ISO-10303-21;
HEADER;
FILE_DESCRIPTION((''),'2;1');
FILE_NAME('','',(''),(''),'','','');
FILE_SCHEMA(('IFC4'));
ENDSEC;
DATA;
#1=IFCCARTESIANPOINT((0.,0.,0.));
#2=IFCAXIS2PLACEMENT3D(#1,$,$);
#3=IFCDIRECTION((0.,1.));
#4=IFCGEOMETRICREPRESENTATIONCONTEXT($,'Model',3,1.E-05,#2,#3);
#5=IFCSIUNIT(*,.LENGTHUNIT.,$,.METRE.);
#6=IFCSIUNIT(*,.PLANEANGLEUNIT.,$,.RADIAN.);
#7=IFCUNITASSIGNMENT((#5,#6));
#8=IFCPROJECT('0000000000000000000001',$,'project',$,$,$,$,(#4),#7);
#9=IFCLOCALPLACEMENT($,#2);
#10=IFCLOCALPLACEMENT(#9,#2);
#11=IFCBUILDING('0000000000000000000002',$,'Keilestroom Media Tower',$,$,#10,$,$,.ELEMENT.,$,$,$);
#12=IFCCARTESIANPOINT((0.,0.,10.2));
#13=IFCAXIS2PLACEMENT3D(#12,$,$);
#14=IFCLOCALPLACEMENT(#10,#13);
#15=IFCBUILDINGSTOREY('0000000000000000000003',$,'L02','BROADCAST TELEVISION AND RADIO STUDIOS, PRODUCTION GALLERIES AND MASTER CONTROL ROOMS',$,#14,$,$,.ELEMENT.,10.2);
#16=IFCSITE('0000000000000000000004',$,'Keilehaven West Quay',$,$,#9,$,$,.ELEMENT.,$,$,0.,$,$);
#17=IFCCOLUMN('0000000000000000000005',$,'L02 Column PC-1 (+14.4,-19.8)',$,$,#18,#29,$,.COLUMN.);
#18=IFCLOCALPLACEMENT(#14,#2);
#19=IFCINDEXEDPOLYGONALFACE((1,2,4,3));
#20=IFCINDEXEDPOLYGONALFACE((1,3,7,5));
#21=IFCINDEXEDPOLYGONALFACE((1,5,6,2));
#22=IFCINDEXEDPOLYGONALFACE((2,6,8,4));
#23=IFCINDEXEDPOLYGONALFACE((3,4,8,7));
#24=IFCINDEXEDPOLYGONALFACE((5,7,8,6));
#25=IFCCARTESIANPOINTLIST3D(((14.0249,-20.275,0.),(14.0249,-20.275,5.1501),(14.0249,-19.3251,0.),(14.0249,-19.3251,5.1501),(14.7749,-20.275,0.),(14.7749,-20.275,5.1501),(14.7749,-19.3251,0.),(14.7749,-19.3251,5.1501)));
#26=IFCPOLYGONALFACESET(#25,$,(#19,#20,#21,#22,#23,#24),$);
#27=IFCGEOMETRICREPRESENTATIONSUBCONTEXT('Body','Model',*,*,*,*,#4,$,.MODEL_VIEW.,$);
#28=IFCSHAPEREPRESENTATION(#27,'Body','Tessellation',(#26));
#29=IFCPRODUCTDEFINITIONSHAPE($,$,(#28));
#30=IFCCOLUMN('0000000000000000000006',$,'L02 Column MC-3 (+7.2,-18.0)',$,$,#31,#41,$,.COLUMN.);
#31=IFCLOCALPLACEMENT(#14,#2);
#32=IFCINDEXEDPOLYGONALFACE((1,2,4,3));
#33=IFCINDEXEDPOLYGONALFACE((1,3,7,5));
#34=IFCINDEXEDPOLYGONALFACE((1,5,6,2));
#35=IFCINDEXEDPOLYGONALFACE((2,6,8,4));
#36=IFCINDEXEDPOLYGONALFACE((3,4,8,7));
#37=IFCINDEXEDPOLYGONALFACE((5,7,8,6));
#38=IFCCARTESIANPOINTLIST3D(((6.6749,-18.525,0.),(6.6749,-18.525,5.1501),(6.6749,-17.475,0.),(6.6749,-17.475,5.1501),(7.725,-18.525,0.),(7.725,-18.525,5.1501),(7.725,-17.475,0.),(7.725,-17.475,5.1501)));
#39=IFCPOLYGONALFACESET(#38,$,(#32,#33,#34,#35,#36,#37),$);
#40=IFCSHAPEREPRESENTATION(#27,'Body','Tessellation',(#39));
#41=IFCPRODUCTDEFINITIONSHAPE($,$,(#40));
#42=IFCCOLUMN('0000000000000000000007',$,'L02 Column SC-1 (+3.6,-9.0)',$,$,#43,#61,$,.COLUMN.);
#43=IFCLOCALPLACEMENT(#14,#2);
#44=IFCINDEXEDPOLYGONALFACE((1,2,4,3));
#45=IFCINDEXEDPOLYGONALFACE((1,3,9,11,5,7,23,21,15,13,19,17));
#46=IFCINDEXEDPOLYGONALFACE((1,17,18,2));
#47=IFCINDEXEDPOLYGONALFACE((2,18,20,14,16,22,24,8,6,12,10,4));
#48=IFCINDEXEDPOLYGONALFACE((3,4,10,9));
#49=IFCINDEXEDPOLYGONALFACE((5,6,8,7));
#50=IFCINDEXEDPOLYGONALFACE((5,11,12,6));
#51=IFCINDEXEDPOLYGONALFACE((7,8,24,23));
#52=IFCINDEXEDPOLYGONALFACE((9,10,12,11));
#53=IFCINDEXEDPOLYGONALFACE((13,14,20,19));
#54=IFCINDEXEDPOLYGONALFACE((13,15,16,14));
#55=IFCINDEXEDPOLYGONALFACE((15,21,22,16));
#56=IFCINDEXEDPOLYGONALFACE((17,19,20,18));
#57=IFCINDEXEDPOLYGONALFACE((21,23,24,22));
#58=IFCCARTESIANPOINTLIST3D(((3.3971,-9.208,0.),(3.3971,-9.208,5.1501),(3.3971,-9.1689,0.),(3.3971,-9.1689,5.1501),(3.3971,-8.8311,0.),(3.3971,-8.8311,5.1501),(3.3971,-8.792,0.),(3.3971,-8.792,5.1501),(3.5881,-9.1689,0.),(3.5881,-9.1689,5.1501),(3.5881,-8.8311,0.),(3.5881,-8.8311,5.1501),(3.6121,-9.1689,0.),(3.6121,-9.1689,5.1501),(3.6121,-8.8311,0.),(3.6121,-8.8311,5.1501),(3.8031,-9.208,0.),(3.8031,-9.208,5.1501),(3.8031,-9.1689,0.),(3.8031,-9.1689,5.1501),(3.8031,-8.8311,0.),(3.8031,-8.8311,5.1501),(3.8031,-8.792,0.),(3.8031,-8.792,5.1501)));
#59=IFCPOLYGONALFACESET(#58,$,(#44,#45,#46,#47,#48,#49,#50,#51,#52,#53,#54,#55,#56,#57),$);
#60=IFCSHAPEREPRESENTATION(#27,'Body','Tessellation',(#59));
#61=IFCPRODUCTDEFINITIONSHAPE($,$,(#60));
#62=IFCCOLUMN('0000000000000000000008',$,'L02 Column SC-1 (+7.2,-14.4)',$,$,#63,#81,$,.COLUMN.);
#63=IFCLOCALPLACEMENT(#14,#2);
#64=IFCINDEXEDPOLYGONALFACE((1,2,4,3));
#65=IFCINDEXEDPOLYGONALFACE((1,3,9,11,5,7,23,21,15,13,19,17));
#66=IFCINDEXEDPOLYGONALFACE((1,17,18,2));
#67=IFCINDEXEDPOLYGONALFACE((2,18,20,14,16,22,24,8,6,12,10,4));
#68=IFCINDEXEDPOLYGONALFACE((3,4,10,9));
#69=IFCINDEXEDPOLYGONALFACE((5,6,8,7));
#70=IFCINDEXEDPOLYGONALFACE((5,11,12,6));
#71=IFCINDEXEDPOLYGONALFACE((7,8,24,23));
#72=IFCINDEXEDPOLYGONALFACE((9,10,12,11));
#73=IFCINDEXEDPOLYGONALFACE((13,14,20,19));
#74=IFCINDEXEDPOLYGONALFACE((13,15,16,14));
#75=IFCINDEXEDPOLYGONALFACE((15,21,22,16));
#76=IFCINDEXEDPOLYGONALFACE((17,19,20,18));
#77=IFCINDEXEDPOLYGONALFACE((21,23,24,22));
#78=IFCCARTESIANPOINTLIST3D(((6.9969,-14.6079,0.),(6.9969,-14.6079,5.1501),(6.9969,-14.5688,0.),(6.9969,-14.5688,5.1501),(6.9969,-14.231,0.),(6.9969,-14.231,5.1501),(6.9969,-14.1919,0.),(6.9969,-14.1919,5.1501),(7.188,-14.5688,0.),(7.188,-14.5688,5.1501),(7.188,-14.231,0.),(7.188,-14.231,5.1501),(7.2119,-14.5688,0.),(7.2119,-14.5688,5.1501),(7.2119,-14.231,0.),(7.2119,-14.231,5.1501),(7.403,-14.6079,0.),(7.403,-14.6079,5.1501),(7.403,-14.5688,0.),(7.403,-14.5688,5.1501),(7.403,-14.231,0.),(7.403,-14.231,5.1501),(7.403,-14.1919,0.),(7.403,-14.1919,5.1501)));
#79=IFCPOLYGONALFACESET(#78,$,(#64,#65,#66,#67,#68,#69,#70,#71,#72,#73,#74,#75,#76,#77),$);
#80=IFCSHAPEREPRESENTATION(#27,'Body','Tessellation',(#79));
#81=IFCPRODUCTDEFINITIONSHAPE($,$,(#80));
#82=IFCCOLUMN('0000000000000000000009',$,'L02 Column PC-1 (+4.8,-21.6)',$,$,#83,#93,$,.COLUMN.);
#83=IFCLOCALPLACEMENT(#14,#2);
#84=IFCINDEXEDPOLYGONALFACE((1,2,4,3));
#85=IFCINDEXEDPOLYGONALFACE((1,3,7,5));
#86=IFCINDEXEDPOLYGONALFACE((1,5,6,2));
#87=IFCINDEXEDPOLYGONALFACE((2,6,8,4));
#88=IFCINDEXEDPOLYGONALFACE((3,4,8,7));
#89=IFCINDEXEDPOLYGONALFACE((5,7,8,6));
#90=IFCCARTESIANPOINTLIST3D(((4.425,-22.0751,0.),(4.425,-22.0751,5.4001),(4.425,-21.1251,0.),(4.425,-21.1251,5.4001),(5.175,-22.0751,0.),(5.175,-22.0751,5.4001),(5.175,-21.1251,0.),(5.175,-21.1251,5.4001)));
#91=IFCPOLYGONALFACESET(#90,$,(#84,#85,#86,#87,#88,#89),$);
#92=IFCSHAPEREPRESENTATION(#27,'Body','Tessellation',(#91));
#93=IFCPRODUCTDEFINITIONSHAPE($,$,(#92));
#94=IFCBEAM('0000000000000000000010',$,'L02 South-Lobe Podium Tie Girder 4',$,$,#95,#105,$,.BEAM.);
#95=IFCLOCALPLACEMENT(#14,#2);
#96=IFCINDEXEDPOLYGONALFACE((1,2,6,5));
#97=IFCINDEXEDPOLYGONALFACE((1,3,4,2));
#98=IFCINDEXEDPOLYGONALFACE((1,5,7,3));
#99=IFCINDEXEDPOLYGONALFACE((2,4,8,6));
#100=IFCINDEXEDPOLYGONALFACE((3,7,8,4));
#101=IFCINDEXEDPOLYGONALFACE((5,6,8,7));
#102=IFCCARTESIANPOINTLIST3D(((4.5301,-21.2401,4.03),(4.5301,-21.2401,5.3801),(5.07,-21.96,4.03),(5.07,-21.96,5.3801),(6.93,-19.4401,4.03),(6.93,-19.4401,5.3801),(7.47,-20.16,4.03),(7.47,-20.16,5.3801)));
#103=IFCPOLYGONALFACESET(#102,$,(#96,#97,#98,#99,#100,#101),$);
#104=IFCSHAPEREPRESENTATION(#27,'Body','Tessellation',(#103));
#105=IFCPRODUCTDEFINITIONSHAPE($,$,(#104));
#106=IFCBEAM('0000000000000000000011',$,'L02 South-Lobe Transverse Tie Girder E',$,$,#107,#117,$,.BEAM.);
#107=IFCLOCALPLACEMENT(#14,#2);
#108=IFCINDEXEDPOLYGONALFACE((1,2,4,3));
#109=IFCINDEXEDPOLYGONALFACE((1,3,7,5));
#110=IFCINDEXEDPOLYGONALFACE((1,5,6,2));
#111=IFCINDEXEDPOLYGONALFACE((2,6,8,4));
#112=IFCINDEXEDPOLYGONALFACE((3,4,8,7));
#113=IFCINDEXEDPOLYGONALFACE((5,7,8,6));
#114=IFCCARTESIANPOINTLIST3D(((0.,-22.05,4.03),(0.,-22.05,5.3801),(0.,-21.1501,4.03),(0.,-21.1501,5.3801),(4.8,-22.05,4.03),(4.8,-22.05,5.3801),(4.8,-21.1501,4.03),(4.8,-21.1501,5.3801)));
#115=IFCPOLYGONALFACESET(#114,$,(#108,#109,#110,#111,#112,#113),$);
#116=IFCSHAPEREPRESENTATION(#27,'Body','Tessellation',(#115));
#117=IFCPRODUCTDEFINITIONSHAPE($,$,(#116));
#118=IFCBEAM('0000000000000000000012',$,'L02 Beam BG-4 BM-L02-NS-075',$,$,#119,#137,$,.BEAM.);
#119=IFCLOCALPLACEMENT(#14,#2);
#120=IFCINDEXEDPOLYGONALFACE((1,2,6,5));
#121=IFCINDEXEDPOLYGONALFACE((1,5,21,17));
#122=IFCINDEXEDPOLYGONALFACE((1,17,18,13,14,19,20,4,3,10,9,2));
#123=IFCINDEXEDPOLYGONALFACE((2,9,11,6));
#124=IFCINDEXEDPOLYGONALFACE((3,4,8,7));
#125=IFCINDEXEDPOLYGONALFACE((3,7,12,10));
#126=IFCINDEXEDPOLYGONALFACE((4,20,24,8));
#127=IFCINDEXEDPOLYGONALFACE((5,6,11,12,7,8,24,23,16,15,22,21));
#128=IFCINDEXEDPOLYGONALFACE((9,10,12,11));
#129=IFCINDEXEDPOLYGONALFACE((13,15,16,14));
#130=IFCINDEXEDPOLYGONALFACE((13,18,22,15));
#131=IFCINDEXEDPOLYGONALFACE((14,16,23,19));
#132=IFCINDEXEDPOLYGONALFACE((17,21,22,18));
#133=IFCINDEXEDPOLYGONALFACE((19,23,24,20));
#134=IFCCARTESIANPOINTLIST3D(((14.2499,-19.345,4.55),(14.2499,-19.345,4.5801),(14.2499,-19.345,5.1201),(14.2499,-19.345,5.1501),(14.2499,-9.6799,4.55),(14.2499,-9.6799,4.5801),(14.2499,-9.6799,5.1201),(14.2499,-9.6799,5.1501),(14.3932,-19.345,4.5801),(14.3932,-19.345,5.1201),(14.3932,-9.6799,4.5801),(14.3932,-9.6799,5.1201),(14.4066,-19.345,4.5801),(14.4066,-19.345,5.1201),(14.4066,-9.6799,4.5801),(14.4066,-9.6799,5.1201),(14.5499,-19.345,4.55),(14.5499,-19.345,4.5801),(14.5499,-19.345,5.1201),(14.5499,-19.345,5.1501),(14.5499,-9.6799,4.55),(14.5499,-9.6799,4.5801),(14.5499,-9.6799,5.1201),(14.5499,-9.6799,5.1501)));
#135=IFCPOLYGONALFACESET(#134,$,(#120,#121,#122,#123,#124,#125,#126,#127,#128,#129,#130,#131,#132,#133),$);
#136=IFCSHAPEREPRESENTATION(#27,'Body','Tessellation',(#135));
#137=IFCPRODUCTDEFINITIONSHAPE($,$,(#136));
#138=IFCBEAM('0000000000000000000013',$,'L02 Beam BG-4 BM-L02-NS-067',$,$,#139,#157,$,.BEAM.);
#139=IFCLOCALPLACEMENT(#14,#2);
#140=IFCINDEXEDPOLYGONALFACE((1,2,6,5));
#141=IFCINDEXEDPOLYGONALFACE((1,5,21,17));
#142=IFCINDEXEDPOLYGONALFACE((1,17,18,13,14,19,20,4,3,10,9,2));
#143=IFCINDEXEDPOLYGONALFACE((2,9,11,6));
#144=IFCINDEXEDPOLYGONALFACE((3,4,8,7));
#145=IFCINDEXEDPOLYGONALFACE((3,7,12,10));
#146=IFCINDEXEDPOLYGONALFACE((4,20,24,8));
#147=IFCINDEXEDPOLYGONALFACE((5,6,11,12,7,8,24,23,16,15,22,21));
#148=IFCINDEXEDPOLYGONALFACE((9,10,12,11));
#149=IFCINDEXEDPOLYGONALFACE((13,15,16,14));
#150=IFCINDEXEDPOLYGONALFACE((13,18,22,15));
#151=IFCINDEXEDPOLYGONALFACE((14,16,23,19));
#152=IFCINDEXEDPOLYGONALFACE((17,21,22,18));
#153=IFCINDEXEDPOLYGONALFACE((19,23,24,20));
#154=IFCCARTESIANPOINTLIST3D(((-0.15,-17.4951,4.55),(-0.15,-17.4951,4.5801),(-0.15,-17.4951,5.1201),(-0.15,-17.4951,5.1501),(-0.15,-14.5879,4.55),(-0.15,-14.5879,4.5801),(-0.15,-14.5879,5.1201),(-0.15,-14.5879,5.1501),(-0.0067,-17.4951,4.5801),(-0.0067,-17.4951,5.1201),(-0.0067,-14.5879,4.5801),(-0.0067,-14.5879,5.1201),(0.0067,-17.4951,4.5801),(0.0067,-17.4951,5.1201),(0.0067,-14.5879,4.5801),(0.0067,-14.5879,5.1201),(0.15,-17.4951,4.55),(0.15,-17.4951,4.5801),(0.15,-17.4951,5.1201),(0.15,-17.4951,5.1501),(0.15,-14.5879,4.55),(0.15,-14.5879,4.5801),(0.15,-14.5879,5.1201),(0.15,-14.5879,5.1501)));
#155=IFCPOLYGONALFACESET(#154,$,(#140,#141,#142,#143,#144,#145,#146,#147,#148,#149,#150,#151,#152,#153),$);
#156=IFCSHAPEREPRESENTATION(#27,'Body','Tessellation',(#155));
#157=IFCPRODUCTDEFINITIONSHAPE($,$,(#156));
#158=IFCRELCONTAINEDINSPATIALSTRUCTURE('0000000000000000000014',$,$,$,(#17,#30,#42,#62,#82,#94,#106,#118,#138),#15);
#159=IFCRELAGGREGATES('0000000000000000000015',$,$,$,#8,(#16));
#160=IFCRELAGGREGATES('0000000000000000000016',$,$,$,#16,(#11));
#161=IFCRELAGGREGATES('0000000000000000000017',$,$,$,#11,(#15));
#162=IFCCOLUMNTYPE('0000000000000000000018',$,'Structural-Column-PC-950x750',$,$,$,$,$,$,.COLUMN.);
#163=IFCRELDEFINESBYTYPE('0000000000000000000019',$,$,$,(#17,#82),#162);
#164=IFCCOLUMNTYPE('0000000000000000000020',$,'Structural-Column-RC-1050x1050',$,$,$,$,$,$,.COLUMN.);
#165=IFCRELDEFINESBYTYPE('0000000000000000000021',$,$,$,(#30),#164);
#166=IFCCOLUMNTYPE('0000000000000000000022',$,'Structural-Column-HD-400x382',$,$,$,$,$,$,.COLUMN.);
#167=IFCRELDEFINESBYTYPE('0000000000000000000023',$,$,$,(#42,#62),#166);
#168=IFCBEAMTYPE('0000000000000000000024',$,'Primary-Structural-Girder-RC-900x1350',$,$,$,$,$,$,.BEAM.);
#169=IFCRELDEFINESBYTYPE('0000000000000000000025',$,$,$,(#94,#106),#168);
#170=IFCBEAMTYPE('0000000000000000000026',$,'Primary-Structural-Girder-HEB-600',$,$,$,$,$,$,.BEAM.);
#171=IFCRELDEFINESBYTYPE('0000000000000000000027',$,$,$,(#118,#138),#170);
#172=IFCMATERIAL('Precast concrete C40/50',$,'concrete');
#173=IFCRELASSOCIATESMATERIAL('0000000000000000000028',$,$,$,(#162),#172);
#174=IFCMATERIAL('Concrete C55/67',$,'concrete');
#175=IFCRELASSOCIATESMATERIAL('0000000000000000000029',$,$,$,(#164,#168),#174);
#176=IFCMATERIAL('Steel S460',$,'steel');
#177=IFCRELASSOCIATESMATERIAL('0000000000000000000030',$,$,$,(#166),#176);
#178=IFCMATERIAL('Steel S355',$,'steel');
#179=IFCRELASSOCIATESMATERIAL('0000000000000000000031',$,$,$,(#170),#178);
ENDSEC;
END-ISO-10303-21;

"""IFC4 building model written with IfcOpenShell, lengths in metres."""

from ifc_helpers import new_model, si_unit, direction, frame, origin, origin_2d, place, context, subcontext, project, spatial, rectangle, i_section, extrude, source, transform, mapped, material, material_profile, profile_set, type_object, element, save


model = new_model("IFC4")

# Units and contexts
model_context = context("Model", 3, precision=1e-05, world=origin(), true_north=direction((0.0, 1.0)))
body_context = subcontext(model_context, "Body", "Model", "MODEL_VIEW")
ifc_project = project(units=[si_unit("LENGTHUNIT", "METRE"), si_unit("PLANEANGLEUNIT", "RADIAN")], contexts=[model_context])

# Site, building, storey
site_placement = place(None, origin())
site = spatial("IfcSite", under=ifc_project, at=site_placement, Name="Keilehaven West Quay", CompositionType="ELEMENT", RefElevation=0.0)
building_placement = place(site_placement, origin())
building = spatial("IfcBuilding", under=site, at=building_placement, Name="Keilestroom Media Tower", CompositionType="ELEMENT")
storey_placement = place(building_placement, frame((0.0, 0.0, 10.2)))
storey = spatial("IfcBuildingStorey", under=building, at=storey_placement, Name="L02", Description="BROADCAST TELEVISION AND RADIO STUDIOS, PRODUCTION GALLERIES AND MASTER CONTROL ROOMS", CompositionType="ELEMENT", Elevation=10.2)

# Columns
ifc_material_1 = material(Name="Precast concrete C40/50", Category="concrete")
ifc_material_profile_1 = material_profile(ifc_material_1, rectangle(XDim=0.75, YDim=0.95, at=origin_2d()), Name="PC 950x750")
ifc_profile_set_1 = profile_set([ifc_material_profile_1], Name="Precast concrete C40/50")
column_type_1 = type_object("IfcColumnType", Name="Structural-Column-PC-950x750", PredefinedType="COLUMN", material=ifc_profile_set_1)
shared_shape_1 = source(origin(), body_context, "Body", "SweptSolid", [
    extrude(rectangle(XDim=0.75, YDim=0.95, at=origin_2d()), origin(), (0.0, 0.0, 1.0), 5.1501),
])
column_1_placement = place(storey_placement, frame((14.3999, -19.8, 0.0), z_axis=(0.0, 0.0, 1.0), x_axis=(1.0, 0.0, 0.0)))
element("IfcColumn", 1, at=column_1_placement, inside=storey, type_object=column_type_1, Name="L02 Column PC-1 (+14.4,-19.8)", PredefinedType="COLUMN", context=body_context, shape_type="MappedRepresentation", body=[
    mapped(shared_shape_1, transform((0.0, 0.0, 0.0), x_axis=(1.0, 0.0, 0.0), y_axis=(0.0, 1.0, 0.0), z_axis=(0.0, 0.0, 1.0), scale=1.0)),
])
ifc_material_2 = material(Name="Concrete C55/67", Category="concrete")
ifc_material_profile_2 = material_profile(ifc_material_2, rectangle(XDim=1.05, YDim=1.05, at=origin_2d()), Name="RC 1050x1050")
ifc_profile_set_2 = profile_set([ifc_material_profile_2], Name="Concrete C55/67")
column_type_2 = type_object("IfcColumnType", Name="Structural-Column-RC-1050x1050", PredefinedType="COLUMN", material=ifc_profile_set_2)
shared_shape_2 = source(origin(), body_context, "Body", "SweptSolid", [
    extrude(rectangle(XDim=1.05, YDim=1.05, at=origin_2d()), origin(), (0.0, 0.0, 1.0), 5.1501),
])
column_2_placement = place(storey_placement, frame((7.2, -18.0, 0.0), z_axis=(0.0, 0.0, 1.0), x_axis=(1.0, 0.0, 0.0)))
element("IfcColumn", 2, at=column_2_placement, inside=storey, type_object=column_type_2, Name="L02 Column MC-3 (+7.2,-18.0)", PredefinedType="COLUMN", context=body_context, shape_type="MappedRepresentation", body=[
    mapped(shared_shape_2, transform((0.0, 0.0, 0.0), x_axis=(1.0, 0.0, 0.0), y_axis=(0.0, 1.0, 0.0), z_axis=(0.0, 0.0, 1.0), scale=1.0)),
])
ifc_material_3 = material(Name="Steel S460", Category="steel")
ifc_material_profile_3 = material_profile(ifc_material_3, i_section(OverallWidth=0.406, OverallDepth=0.416, WebThickness=0.0239, FlangeThickness=0.0391, at=origin_2d()), Name="HD 400x382")
ifc_profile_set_3 = profile_set([ifc_material_profile_3], Name="Steel S460")
column_type_3 = type_object("IfcColumnType", Name="Structural-Column-HD-400x382", PredefinedType="COLUMN", material=ifc_profile_set_3)
shared_shape_3 = source(origin(), body_context, "Body", "SweptSolid", [
    extrude(i_section(OverallWidth=0.406, OverallDepth=0.416, WebThickness=0.0239, FlangeThickness=0.0391, at=origin_2d()), origin(), (0.0, 0.0, 1.0), 5.1501),
])
for number, where, z_axis, x_axis, name in (
    (3, (3.6001, -9.0, 0.0), (0.0, 0.0, 1.0), (1.0, 0.0, 0.0), "L02 Column SC-1 (+3.6,-9.0)"),
    (4, (7.2, -14.3999, 0.0), (0.0, 0.0, 1.0), (1.0, 0.0, 0.0), "L02 Column SC-1 (+7.2,-14.4)"),
):
    element("IfcColumn", number, at=place(storey_placement, frame(where, z_axis=z_axis, x_axis=x_axis)), inside=storey, type_object=column_type_3, Name=name, PredefinedType="COLUMN", context=body_context, shape_type="MappedRepresentation", body=[
        mapped(shared_shape_3, transform((0.0, 0.0, 0.0), x_axis=(1.0, 0.0, 0.0), y_axis=(0.0, 1.0, 0.0), z_axis=(0.0, 0.0, 1.0), scale=1.0)),
    ])
shared_shape_4 = source(origin(), body_context, "Body", "SweptSolid", [
    extrude(rectangle(XDim=0.75, YDim=0.95, at=origin_2d()), origin(), (0.0, 0.0, 1.0), 5.4001),
])
column_3_placement = place(storey_placement, frame((4.8, -21.6001, 0.0), z_axis=(0.0, 0.0, 1.0), x_axis=(1.0, 0.0, 0.0)))
element("IfcColumn", 5, at=column_3_placement, inside=storey, type_object=column_type_1, Name="L02 Column PC-1 (+4.8,-21.6)", PredefinedType="COLUMN", context=body_context, shape_type="MappedRepresentation", body=[
    mapped(shared_shape_4, transform((0.0, 0.0, 0.0), x_axis=(1.0, 0.0, 0.0), y_axis=(0.0, 1.0, 0.0), z_axis=(0.0, 0.0, 1.0), scale=1.0)),
])

# Beams
ifc_material_profile_4 = material_profile(ifc_material_2, rectangle(XDim=0.8999, YDim=1.3501, at=origin_2d()), Name="RC 900x1350")
ifc_profile_set_4 = profile_set([ifc_material_profile_4], Name="Concrete C55/67")
beam_type_1 = type_object("IfcBeamType", Name="Primary-Structural-Girder-RC-900x1350", PredefinedType="BEAM", material=ifc_profile_set_4)
shared_shape_5 = source(origin(), body_context, "Body", "SweptSolid", [
    extrude(rectangle(XDim=0.8999, YDim=1.3501, at=origin_2d()), origin(), (0.0, 0.0, 1.0), 3.0),
])
beam_1_placement = place(storey_placement, frame((4.8, -21.6001, 4.7051), z_axis=(0.79998, 0.600026, 0.0), x_axis=(-0.600026, 0.79998, 0.0)))
element("IfcBeam", 6, at=beam_1_placement, inside=storey, type_object=beam_type_1, Name="L02 South-Lobe Podium Tie Girder 4", PredefinedType="BEAM", context=body_context, shape_type="MappedRepresentation", body=[
    mapped(shared_shape_5, transform((0.0, 0.0, 0.0), x_axis=(1.0, 0.0, 0.0), y_axis=(0.0, 1.0, 0.0), z_axis=(0.0, 0.0, 1.0), scale=1.0)),
])
shared_shape_6 = source(origin(), body_context, "Body", "SweptSolid", [
    extrude(rectangle(XDim=0.8999, YDim=1.3501, at=origin_2d()), origin(), (0.0, 0.0, 1.0), 4.8),
])
beam_2_placement = place(storey_placement, frame((0.0, -21.6001, 4.7051), z_axis=(1.0, 0.0, 0.0), x_axis=(0.0, 1.0, 0.0)))
element("IfcBeam", 7, at=beam_2_placement, inside=storey, type_object=beam_type_1, Name="L02 South-Lobe Transverse Tie Girder E", PredefinedType="BEAM", context=body_context, shape_type="MappedRepresentation", body=[
    mapped(shared_shape_6, transform((0.0, 0.0, 0.0), x_axis=(1.0, 0.0, 0.0), y_axis=(0.0, 1.0, 0.0), z_axis=(0.0, 0.0, 1.0), scale=1.0)),
])
ifc_material_4 = material(Name="Steel S355", Category="steel")
ifc_material_profile_5 = material_profile(ifc_material_4, i_section(OverallWidth=0.3, OverallDepth=0.6001, WebThickness=0.0134, FlangeThickness=0.03, at=origin_2d()), Name="HEB 600")
ifc_profile_set_5 = profile_set([ifc_material_profile_5], Name="Steel S355")
beam_type_2 = type_object("IfcBeamType", Name="Primary-Structural-Girder-HEB-600", PredefinedType="BEAM", material=ifc_profile_set_5)
shared_shape_7 = source(origin(), body_context, "Body", "SweptSolid", [
    extrude(i_section(OverallWidth=0.3, OverallDepth=0.6001, WebThickness=0.0134, FlangeThickness=0.03, at=origin_2d()), origin(), (0.0, 0.0, 1.0), 9.665),
])
beam_3_placement = place(storey_placement, frame((14.3999, -19.345, 4.8501), z_axis=(0.0, 1.0, 0.0), x_axis=(-1.0, 0.0, 0.0)))
element("IfcBeam", 8, at=beam_3_placement, inside=storey, type_object=beam_type_2, Name="L02 Beam BG-4 BM-L02-NS-075", PredefinedType="BEAM", context=body_context, shape_type="MappedRepresentation", body=[
    mapped(shared_shape_7, transform((0.0, 0.0, 0.0), x_axis=(1.0, 0.0, 0.0), y_axis=(0.0, 1.0, 0.0), z_axis=(0.0, 0.0, 1.0), scale=1.0)),
])
shared_shape_8 = source(origin(), body_context, "Body", "SweptSolid", [
    extrude(i_section(OverallWidth=0.3, OverallDepth=0.6001, WebThickness=0.0134, FlangeThickness=0.03, at=origin_2d()), origin(), (0.0, 0.0, 1.0), 2.9072),
])
for number, where, z_axis, x_axis, name in (
    (9, (0.0, -17.4951, 4.8501), (0.0, 1.0, 0.0), (-1.0, 0.0, 0.0), "L02 Beam BG-4 BM-L02-NS-067"),
):
    element("IfcBeam", number, at=place(storey_placement, frame(where, z_axis=z_axis, x_axis=x_axis)), inside=storey, type_object=beam_type_2, Name=name, PredefinedType="BEAM", context=body_context, shape_type="MappedRepresentation", body=[
        mapped(shared_shape_8, transform((0.0, 0.0, 0.0), x_axis=(1.0, 0.0, 0.0), y_axis=(0.0, 1.0, 0.0), z_axis=(0.0, 0.0, 1.0), scale=1.0)),
    ])

save(model, "model.ifc")
